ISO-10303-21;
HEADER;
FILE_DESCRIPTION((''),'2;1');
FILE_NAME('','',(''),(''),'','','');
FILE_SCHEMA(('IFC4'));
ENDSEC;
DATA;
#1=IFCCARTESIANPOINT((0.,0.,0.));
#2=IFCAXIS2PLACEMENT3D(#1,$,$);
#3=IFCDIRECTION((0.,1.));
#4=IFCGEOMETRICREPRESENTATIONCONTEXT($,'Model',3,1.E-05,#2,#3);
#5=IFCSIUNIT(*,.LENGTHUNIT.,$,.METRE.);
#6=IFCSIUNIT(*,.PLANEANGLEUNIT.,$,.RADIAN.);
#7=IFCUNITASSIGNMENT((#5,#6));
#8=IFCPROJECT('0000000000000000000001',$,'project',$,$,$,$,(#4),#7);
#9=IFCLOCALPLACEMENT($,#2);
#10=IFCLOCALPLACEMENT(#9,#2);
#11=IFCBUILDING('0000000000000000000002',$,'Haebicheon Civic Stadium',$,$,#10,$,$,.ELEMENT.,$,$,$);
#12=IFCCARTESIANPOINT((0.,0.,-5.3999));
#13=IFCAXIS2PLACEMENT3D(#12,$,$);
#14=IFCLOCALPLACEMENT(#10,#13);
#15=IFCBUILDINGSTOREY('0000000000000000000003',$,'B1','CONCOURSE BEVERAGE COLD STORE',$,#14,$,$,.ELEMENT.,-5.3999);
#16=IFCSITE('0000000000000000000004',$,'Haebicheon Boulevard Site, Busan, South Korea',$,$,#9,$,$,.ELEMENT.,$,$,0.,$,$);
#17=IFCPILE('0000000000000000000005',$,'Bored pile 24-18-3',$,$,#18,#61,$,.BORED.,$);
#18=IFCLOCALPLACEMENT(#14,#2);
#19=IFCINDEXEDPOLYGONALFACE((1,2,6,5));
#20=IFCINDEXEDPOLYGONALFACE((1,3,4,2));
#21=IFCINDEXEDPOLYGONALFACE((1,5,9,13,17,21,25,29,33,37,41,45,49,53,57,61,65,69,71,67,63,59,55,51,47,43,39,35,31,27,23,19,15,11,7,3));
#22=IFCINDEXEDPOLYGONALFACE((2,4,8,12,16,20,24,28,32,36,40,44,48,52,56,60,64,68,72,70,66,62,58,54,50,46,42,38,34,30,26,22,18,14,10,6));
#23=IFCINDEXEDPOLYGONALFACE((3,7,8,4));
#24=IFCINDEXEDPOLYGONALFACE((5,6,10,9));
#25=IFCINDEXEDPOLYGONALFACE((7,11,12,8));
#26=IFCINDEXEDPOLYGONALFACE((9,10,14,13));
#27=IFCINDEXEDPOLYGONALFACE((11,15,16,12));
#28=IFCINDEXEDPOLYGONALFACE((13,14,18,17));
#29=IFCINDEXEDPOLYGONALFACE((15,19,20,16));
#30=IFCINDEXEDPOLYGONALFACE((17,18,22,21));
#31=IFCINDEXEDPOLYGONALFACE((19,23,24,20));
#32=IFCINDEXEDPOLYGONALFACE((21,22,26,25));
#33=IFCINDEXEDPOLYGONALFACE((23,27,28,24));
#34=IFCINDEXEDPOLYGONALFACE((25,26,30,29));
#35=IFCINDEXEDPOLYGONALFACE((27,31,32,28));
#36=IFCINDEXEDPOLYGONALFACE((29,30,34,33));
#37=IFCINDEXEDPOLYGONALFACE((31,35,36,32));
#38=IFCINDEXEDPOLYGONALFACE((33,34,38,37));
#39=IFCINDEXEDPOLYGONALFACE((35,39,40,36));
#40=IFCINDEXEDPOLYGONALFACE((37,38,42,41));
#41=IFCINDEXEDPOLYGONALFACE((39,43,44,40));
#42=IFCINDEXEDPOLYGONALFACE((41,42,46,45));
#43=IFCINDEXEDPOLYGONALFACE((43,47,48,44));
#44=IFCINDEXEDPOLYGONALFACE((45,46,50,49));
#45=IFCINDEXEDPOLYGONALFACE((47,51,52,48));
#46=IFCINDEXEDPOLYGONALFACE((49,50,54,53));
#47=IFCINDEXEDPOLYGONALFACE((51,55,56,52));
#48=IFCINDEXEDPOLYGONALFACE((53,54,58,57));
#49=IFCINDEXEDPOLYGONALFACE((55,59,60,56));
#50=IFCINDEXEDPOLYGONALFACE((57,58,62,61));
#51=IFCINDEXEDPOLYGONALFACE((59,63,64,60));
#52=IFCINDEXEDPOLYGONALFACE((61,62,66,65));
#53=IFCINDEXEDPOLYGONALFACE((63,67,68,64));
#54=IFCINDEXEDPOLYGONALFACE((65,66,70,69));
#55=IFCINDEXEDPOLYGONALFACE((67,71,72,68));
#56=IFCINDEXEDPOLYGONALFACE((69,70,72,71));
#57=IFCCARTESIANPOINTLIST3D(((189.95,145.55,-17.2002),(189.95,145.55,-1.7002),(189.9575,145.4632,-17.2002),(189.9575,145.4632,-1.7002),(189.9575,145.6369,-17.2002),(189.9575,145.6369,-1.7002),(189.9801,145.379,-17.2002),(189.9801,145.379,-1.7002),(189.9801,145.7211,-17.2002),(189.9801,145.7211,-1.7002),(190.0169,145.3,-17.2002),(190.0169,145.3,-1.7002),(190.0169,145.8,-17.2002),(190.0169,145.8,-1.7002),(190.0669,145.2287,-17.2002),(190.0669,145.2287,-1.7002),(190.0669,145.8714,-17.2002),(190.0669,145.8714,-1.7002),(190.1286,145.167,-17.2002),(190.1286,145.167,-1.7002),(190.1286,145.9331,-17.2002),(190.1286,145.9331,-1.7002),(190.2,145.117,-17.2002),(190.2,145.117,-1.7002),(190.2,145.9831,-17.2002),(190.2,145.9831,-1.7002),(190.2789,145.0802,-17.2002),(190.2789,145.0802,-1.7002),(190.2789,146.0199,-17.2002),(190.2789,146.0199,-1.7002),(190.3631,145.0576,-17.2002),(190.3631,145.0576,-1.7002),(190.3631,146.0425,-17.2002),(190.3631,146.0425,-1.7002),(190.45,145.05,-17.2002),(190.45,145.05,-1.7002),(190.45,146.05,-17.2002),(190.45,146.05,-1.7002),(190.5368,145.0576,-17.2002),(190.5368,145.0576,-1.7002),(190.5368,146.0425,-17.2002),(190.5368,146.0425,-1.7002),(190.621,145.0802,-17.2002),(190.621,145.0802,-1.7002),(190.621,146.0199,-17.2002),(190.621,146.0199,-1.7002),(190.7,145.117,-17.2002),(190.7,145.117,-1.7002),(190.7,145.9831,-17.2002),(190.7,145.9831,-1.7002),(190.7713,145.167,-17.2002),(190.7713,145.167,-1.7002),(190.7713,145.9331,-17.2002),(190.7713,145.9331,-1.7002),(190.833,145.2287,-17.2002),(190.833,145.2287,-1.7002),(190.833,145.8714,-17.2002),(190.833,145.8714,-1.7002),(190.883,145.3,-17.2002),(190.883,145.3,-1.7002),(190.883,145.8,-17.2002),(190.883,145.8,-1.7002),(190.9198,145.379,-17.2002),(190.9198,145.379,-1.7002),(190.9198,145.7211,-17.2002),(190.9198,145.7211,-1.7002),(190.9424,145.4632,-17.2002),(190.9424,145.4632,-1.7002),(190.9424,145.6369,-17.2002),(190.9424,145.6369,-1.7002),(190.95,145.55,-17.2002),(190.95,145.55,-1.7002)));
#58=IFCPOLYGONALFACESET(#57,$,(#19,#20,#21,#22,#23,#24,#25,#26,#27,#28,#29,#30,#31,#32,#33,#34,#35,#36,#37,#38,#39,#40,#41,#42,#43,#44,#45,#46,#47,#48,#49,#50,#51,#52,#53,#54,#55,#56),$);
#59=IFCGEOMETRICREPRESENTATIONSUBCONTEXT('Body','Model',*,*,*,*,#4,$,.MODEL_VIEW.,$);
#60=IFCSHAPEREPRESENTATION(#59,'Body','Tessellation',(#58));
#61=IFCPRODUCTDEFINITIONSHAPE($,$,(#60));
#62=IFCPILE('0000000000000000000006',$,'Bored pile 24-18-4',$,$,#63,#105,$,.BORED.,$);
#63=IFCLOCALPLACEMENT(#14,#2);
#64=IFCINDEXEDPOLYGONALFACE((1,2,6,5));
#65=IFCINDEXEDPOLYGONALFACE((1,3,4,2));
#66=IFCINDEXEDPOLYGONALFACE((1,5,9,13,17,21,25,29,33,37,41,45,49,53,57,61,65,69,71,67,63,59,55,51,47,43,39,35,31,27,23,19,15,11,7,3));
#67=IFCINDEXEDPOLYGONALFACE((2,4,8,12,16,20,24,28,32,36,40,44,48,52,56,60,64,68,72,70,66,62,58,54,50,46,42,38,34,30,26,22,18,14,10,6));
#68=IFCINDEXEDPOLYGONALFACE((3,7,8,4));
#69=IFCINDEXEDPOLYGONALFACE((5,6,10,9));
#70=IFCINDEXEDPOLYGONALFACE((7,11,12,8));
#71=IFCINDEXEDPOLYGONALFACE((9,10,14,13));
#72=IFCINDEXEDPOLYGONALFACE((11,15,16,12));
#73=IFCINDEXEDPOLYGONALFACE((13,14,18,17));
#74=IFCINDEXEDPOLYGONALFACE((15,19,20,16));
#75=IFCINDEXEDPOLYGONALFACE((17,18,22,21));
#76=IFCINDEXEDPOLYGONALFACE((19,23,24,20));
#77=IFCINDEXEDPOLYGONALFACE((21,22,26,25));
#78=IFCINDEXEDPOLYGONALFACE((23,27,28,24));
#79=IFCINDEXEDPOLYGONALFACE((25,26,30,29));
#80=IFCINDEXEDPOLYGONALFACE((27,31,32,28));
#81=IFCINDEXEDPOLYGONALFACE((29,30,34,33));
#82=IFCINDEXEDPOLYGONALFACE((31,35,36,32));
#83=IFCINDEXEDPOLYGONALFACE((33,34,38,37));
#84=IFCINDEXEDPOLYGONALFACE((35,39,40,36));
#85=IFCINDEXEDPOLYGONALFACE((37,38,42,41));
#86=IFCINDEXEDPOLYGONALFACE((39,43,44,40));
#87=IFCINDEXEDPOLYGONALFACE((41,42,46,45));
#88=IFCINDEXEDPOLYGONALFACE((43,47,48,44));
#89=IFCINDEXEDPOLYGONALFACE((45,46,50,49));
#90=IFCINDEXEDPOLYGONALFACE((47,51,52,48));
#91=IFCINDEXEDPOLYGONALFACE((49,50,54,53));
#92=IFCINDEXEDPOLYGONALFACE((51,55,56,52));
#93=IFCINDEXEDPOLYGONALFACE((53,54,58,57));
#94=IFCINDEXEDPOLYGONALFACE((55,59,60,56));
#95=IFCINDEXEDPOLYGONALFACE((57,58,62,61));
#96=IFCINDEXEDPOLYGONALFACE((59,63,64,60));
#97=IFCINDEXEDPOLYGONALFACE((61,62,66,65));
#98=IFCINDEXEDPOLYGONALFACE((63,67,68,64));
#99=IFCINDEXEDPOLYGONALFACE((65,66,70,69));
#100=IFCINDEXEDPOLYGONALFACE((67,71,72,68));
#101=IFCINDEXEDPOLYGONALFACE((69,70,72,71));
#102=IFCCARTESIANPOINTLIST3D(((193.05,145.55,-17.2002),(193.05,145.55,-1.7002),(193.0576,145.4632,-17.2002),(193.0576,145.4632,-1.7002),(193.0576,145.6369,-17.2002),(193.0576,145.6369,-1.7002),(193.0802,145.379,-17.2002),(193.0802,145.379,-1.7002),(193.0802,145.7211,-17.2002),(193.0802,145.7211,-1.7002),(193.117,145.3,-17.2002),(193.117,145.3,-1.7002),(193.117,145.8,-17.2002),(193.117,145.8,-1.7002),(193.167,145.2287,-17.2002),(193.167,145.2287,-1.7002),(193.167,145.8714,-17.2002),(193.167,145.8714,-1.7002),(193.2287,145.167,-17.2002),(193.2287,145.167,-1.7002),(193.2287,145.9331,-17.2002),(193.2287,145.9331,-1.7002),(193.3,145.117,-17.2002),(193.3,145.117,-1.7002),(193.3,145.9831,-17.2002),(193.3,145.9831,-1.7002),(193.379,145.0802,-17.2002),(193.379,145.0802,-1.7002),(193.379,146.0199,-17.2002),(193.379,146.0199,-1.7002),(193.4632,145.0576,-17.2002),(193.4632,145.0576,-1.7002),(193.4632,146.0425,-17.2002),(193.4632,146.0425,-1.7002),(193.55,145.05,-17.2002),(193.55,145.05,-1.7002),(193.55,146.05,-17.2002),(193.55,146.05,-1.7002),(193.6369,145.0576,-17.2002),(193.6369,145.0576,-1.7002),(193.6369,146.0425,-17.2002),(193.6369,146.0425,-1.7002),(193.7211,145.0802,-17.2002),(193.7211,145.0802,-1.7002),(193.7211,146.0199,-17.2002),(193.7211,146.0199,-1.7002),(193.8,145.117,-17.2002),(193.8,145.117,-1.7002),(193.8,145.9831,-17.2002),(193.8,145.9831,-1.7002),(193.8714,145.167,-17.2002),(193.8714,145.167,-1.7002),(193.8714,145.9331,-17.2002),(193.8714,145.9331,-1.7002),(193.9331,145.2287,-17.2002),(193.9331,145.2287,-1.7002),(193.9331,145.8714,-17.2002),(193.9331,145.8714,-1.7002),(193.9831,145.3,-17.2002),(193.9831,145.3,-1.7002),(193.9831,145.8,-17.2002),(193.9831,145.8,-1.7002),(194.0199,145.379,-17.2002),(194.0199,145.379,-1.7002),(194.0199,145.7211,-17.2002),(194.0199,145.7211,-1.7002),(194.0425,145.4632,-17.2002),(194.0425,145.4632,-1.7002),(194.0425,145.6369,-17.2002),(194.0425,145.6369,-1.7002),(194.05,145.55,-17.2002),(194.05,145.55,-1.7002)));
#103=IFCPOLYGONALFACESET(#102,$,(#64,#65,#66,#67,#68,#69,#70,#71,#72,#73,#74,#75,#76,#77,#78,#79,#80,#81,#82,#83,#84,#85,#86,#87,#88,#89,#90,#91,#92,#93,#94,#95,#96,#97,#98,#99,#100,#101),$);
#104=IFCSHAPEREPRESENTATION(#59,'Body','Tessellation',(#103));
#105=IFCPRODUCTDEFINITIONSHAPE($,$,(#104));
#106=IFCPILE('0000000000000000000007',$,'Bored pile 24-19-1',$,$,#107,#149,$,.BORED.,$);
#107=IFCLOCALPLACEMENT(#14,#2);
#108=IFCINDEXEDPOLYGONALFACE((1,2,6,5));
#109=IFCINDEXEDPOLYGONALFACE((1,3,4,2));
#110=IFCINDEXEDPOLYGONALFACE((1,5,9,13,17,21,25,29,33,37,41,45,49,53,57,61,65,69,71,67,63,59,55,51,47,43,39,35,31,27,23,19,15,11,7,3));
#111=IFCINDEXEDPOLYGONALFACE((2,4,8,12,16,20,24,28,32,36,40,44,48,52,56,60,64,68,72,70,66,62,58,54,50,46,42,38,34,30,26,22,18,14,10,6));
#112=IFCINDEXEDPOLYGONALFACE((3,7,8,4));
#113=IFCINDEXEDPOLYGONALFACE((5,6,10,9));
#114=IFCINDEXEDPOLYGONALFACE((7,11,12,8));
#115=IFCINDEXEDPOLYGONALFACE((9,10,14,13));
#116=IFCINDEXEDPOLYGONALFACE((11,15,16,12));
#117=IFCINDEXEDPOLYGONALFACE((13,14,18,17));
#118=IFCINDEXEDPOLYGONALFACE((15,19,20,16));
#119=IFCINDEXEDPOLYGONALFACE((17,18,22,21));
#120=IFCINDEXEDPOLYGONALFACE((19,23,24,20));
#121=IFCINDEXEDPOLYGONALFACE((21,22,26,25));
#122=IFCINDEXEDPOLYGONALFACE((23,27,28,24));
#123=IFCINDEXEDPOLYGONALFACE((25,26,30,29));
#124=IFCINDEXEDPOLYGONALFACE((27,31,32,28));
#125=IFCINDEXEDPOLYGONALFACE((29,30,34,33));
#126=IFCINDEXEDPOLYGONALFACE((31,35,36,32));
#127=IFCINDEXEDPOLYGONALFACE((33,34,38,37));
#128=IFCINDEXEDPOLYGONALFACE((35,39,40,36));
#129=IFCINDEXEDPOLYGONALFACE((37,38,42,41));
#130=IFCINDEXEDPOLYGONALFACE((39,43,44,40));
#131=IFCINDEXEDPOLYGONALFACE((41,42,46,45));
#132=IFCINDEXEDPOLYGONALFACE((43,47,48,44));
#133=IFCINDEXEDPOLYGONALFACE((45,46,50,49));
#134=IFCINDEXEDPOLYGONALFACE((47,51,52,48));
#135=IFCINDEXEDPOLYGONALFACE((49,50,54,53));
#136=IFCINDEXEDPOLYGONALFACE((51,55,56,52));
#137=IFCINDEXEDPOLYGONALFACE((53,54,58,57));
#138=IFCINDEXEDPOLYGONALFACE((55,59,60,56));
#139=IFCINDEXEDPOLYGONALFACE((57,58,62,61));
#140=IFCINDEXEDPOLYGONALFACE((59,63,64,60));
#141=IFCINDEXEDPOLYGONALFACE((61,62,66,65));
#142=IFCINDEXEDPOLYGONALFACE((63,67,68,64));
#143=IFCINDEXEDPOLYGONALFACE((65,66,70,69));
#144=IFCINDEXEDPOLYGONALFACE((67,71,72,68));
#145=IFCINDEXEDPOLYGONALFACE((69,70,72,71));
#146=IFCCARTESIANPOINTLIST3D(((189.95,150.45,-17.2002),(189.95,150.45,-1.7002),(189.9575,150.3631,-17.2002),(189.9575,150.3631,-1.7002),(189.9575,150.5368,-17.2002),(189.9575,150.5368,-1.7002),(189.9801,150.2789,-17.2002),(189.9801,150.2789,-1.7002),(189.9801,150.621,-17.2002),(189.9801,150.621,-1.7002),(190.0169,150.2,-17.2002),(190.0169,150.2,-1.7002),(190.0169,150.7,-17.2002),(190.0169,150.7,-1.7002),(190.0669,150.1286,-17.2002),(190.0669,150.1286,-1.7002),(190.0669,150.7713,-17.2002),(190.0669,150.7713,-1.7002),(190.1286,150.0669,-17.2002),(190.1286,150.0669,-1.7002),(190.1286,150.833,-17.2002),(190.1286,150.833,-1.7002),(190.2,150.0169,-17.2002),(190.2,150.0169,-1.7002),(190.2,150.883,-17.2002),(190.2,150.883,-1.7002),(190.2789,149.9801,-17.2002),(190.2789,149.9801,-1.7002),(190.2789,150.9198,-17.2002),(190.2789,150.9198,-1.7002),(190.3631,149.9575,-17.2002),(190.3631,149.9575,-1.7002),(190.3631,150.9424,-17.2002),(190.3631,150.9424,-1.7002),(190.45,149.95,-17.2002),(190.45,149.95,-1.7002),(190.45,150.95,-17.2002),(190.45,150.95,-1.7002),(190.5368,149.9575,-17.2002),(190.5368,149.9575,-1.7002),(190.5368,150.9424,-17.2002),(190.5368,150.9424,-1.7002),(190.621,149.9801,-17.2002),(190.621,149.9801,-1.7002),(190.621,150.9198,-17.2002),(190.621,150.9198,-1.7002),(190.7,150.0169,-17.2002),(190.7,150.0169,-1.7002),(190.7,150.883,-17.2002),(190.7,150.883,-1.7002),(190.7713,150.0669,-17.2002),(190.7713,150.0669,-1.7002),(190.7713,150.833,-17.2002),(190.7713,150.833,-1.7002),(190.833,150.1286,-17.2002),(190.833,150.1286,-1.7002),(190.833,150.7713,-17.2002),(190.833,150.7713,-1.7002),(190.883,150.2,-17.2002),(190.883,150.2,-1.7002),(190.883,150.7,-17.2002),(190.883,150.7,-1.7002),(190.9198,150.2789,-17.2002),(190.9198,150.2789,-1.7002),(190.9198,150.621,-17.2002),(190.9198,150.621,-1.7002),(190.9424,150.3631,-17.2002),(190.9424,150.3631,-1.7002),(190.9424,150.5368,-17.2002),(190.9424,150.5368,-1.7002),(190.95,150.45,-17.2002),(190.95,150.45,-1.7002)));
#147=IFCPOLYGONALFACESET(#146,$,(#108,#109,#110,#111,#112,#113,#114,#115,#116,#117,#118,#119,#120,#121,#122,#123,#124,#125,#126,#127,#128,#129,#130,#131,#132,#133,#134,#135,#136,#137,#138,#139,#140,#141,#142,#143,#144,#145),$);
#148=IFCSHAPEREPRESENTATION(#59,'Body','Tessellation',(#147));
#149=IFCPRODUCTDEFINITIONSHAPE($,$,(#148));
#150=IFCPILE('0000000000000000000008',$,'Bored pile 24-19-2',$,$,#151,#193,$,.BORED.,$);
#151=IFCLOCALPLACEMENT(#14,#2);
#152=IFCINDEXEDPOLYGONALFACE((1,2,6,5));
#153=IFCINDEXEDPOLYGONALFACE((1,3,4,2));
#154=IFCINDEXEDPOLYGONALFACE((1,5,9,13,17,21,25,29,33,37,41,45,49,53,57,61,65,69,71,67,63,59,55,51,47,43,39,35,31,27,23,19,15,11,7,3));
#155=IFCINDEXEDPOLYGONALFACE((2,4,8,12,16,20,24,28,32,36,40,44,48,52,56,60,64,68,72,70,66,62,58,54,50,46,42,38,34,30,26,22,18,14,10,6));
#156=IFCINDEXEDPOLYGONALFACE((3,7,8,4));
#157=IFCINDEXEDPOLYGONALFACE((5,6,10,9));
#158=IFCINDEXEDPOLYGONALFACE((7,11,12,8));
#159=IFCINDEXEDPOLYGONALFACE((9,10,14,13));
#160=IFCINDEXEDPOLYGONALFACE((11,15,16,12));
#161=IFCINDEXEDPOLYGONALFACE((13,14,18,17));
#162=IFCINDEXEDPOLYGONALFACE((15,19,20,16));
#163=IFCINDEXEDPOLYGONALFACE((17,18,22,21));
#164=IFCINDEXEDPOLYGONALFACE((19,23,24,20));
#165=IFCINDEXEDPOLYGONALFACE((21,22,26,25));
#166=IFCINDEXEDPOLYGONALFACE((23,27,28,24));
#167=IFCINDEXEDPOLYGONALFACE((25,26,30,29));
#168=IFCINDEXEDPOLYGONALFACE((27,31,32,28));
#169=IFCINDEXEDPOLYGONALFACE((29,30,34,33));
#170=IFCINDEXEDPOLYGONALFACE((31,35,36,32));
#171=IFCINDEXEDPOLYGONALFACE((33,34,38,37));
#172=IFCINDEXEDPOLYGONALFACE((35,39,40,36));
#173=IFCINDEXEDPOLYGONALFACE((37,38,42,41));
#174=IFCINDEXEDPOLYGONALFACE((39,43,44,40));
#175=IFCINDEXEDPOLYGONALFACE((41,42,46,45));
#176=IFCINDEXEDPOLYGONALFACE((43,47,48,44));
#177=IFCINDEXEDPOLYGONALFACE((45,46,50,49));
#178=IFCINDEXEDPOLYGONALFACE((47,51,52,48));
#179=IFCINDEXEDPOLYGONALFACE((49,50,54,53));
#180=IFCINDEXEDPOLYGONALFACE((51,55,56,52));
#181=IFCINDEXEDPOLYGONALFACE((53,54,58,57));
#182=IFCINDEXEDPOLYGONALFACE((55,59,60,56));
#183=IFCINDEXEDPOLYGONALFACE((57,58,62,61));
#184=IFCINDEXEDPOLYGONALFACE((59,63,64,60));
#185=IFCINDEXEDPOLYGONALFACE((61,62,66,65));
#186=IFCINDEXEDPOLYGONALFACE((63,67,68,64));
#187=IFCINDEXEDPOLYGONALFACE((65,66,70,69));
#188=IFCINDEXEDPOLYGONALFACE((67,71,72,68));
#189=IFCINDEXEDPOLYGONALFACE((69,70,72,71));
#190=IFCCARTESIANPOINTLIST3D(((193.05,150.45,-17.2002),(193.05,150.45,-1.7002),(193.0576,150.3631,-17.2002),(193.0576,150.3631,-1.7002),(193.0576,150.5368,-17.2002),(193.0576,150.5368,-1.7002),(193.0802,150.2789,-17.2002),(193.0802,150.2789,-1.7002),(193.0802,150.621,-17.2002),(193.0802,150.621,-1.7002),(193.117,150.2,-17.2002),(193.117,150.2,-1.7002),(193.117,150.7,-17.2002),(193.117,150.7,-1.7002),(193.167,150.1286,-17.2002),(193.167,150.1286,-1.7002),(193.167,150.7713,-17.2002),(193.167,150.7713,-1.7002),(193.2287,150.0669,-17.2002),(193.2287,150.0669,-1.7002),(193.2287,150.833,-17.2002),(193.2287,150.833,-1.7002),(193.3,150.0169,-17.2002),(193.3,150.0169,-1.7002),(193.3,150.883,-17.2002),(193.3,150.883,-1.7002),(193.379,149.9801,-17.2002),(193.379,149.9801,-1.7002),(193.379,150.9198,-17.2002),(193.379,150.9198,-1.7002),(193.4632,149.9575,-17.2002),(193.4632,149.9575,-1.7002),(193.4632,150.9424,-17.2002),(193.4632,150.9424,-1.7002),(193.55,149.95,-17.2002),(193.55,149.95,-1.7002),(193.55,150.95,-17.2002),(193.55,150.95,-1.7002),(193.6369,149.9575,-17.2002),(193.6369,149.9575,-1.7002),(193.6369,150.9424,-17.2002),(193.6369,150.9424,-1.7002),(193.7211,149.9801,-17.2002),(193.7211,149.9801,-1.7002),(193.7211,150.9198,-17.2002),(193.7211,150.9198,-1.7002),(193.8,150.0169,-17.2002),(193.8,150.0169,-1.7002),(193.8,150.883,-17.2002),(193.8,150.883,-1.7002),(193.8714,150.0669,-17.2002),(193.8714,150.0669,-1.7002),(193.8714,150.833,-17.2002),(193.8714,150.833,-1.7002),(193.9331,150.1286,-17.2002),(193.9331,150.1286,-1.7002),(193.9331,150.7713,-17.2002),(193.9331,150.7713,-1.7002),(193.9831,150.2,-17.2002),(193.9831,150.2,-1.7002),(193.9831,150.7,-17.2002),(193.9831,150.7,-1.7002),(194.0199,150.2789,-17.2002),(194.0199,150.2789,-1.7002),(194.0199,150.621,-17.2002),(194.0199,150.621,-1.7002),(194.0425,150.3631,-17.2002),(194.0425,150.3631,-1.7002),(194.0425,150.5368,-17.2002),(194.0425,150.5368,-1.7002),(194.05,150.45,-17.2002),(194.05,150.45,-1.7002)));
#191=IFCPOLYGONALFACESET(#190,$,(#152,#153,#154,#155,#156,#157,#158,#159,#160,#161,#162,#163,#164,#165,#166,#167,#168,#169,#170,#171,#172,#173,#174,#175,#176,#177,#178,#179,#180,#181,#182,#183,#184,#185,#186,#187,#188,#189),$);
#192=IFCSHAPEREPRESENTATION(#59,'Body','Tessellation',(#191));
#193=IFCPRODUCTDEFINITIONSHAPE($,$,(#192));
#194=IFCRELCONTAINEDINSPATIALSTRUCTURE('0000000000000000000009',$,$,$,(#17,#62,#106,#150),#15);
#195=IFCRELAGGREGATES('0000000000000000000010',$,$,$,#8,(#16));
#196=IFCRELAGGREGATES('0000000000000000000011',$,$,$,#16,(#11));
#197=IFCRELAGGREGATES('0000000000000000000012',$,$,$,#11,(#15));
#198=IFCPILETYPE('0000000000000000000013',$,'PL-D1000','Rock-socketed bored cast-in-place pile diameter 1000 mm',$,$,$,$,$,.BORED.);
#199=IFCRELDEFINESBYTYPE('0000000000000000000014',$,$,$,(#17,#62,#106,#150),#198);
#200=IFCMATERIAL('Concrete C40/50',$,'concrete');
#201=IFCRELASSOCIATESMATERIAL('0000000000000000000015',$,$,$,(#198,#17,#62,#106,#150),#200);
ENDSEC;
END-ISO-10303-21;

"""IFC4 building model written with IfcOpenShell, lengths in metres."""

from ifc_helpers import new_model, si_unit, direction, frame, origin, origin_2d, place, context, subcontext, project, spatial, circle, extrude, material, material_profile, profile_set, type_object, element, save


model = new_model("IFC4")

# Units and contexts
model_context = context("Model", 3, precision=1e-05, world=origin(), true_north=direction((0.0, 1.0)))
body_context = subcontext(model_context, "Body", "Model", "MODEL_VIEW")
ifc_project = project(units=[si_unit("LENGTHUNIT", "METRE"), si_unit("PLANEANGLEUNIT", "RADIAN")], contexts=[model_context])

# Site, building, storey
site_placement = place(None, origin())
site = spatial("IfcSite", under=ifc_project, at=site_placement, Name="Haebicheon Boulevard Site, Busan, South Korea", CompositionType="ELEMENT", RefElevation=0.0)
building_placement = place(site_placement, origin())
building = spatial("IfcBuilding", under=site, at=building_placement, Name="Haebicheon Civic Stadium", CompositionType="ELEMENT")
storey_placement = place(building_placement, frame((0.0, 0.0, -5.3999)))
storey = spatial("IfcBuildingStorey", under=building, at=storey_placement, Name="B1", Description="CONCOURSE BEVERAGE COLD STORE", CompositionType="ELEMENT", Elevation=-5.3999)

# Piles
ifc_material_1 = material(Name="Concrete C40/50", Category="concrete")
ifc_material_profile_1 = material_profile(ifc_material_1, circle(Radius=0.5, at=origin_2d()), Name="PILE-D1000")
ifc_profile_set_1 = profile_set([ifc_material_profile_1], Name="Concrete C40/50")
pile_type = type_object("IfcPileType", Name="PL-D1000", Description="Rock-socketed bored cast-in-place pile diameter 1000 mm", PredefinedType="BORED", material=ifc_profile_set_1)
for number, where, z_axis, x_axis, name in (
    (1, (190.45, 145.55, -1.7002), (0.0, 0.0, -1.0), (1.0, 0.0, 0.0), "Bored pile 24-18-3"),
    (2, (193.55, 145.55, -1.7002), (0.0, 0.0, -1.0), (1.0, 0.0, 0.0), "Bored pile 24-18-4"),
    (3, (190.45, 150.45, -1.7002), (0.0, 0.0, -1.0), (1.0, 0.0, 0.0), "Bored pile 24-19-1"),
    (4, (193.55, 150.45, -1.7002), (0.0, 0.0, -1.0), (1.0, 0.0, 0.0), "Bored pile 24-19-2"),
):
    element("IfcPile", number, at=place(storey_placement, frame(where, z_axis=z_axis, x_axis=x_axis)), inside=storey, type_object=pile_type, material=ifc_profile_set_1, Name=name, PredefinedType="BORED", context=body_context, shape_type="SweptSolid", body=[
        extrude(circle(Radius=0.5, at=origin_2d()), origin(), (0.0, 0.0, 1.0), 15.5),
    ])

save(model, "model.ifc")
